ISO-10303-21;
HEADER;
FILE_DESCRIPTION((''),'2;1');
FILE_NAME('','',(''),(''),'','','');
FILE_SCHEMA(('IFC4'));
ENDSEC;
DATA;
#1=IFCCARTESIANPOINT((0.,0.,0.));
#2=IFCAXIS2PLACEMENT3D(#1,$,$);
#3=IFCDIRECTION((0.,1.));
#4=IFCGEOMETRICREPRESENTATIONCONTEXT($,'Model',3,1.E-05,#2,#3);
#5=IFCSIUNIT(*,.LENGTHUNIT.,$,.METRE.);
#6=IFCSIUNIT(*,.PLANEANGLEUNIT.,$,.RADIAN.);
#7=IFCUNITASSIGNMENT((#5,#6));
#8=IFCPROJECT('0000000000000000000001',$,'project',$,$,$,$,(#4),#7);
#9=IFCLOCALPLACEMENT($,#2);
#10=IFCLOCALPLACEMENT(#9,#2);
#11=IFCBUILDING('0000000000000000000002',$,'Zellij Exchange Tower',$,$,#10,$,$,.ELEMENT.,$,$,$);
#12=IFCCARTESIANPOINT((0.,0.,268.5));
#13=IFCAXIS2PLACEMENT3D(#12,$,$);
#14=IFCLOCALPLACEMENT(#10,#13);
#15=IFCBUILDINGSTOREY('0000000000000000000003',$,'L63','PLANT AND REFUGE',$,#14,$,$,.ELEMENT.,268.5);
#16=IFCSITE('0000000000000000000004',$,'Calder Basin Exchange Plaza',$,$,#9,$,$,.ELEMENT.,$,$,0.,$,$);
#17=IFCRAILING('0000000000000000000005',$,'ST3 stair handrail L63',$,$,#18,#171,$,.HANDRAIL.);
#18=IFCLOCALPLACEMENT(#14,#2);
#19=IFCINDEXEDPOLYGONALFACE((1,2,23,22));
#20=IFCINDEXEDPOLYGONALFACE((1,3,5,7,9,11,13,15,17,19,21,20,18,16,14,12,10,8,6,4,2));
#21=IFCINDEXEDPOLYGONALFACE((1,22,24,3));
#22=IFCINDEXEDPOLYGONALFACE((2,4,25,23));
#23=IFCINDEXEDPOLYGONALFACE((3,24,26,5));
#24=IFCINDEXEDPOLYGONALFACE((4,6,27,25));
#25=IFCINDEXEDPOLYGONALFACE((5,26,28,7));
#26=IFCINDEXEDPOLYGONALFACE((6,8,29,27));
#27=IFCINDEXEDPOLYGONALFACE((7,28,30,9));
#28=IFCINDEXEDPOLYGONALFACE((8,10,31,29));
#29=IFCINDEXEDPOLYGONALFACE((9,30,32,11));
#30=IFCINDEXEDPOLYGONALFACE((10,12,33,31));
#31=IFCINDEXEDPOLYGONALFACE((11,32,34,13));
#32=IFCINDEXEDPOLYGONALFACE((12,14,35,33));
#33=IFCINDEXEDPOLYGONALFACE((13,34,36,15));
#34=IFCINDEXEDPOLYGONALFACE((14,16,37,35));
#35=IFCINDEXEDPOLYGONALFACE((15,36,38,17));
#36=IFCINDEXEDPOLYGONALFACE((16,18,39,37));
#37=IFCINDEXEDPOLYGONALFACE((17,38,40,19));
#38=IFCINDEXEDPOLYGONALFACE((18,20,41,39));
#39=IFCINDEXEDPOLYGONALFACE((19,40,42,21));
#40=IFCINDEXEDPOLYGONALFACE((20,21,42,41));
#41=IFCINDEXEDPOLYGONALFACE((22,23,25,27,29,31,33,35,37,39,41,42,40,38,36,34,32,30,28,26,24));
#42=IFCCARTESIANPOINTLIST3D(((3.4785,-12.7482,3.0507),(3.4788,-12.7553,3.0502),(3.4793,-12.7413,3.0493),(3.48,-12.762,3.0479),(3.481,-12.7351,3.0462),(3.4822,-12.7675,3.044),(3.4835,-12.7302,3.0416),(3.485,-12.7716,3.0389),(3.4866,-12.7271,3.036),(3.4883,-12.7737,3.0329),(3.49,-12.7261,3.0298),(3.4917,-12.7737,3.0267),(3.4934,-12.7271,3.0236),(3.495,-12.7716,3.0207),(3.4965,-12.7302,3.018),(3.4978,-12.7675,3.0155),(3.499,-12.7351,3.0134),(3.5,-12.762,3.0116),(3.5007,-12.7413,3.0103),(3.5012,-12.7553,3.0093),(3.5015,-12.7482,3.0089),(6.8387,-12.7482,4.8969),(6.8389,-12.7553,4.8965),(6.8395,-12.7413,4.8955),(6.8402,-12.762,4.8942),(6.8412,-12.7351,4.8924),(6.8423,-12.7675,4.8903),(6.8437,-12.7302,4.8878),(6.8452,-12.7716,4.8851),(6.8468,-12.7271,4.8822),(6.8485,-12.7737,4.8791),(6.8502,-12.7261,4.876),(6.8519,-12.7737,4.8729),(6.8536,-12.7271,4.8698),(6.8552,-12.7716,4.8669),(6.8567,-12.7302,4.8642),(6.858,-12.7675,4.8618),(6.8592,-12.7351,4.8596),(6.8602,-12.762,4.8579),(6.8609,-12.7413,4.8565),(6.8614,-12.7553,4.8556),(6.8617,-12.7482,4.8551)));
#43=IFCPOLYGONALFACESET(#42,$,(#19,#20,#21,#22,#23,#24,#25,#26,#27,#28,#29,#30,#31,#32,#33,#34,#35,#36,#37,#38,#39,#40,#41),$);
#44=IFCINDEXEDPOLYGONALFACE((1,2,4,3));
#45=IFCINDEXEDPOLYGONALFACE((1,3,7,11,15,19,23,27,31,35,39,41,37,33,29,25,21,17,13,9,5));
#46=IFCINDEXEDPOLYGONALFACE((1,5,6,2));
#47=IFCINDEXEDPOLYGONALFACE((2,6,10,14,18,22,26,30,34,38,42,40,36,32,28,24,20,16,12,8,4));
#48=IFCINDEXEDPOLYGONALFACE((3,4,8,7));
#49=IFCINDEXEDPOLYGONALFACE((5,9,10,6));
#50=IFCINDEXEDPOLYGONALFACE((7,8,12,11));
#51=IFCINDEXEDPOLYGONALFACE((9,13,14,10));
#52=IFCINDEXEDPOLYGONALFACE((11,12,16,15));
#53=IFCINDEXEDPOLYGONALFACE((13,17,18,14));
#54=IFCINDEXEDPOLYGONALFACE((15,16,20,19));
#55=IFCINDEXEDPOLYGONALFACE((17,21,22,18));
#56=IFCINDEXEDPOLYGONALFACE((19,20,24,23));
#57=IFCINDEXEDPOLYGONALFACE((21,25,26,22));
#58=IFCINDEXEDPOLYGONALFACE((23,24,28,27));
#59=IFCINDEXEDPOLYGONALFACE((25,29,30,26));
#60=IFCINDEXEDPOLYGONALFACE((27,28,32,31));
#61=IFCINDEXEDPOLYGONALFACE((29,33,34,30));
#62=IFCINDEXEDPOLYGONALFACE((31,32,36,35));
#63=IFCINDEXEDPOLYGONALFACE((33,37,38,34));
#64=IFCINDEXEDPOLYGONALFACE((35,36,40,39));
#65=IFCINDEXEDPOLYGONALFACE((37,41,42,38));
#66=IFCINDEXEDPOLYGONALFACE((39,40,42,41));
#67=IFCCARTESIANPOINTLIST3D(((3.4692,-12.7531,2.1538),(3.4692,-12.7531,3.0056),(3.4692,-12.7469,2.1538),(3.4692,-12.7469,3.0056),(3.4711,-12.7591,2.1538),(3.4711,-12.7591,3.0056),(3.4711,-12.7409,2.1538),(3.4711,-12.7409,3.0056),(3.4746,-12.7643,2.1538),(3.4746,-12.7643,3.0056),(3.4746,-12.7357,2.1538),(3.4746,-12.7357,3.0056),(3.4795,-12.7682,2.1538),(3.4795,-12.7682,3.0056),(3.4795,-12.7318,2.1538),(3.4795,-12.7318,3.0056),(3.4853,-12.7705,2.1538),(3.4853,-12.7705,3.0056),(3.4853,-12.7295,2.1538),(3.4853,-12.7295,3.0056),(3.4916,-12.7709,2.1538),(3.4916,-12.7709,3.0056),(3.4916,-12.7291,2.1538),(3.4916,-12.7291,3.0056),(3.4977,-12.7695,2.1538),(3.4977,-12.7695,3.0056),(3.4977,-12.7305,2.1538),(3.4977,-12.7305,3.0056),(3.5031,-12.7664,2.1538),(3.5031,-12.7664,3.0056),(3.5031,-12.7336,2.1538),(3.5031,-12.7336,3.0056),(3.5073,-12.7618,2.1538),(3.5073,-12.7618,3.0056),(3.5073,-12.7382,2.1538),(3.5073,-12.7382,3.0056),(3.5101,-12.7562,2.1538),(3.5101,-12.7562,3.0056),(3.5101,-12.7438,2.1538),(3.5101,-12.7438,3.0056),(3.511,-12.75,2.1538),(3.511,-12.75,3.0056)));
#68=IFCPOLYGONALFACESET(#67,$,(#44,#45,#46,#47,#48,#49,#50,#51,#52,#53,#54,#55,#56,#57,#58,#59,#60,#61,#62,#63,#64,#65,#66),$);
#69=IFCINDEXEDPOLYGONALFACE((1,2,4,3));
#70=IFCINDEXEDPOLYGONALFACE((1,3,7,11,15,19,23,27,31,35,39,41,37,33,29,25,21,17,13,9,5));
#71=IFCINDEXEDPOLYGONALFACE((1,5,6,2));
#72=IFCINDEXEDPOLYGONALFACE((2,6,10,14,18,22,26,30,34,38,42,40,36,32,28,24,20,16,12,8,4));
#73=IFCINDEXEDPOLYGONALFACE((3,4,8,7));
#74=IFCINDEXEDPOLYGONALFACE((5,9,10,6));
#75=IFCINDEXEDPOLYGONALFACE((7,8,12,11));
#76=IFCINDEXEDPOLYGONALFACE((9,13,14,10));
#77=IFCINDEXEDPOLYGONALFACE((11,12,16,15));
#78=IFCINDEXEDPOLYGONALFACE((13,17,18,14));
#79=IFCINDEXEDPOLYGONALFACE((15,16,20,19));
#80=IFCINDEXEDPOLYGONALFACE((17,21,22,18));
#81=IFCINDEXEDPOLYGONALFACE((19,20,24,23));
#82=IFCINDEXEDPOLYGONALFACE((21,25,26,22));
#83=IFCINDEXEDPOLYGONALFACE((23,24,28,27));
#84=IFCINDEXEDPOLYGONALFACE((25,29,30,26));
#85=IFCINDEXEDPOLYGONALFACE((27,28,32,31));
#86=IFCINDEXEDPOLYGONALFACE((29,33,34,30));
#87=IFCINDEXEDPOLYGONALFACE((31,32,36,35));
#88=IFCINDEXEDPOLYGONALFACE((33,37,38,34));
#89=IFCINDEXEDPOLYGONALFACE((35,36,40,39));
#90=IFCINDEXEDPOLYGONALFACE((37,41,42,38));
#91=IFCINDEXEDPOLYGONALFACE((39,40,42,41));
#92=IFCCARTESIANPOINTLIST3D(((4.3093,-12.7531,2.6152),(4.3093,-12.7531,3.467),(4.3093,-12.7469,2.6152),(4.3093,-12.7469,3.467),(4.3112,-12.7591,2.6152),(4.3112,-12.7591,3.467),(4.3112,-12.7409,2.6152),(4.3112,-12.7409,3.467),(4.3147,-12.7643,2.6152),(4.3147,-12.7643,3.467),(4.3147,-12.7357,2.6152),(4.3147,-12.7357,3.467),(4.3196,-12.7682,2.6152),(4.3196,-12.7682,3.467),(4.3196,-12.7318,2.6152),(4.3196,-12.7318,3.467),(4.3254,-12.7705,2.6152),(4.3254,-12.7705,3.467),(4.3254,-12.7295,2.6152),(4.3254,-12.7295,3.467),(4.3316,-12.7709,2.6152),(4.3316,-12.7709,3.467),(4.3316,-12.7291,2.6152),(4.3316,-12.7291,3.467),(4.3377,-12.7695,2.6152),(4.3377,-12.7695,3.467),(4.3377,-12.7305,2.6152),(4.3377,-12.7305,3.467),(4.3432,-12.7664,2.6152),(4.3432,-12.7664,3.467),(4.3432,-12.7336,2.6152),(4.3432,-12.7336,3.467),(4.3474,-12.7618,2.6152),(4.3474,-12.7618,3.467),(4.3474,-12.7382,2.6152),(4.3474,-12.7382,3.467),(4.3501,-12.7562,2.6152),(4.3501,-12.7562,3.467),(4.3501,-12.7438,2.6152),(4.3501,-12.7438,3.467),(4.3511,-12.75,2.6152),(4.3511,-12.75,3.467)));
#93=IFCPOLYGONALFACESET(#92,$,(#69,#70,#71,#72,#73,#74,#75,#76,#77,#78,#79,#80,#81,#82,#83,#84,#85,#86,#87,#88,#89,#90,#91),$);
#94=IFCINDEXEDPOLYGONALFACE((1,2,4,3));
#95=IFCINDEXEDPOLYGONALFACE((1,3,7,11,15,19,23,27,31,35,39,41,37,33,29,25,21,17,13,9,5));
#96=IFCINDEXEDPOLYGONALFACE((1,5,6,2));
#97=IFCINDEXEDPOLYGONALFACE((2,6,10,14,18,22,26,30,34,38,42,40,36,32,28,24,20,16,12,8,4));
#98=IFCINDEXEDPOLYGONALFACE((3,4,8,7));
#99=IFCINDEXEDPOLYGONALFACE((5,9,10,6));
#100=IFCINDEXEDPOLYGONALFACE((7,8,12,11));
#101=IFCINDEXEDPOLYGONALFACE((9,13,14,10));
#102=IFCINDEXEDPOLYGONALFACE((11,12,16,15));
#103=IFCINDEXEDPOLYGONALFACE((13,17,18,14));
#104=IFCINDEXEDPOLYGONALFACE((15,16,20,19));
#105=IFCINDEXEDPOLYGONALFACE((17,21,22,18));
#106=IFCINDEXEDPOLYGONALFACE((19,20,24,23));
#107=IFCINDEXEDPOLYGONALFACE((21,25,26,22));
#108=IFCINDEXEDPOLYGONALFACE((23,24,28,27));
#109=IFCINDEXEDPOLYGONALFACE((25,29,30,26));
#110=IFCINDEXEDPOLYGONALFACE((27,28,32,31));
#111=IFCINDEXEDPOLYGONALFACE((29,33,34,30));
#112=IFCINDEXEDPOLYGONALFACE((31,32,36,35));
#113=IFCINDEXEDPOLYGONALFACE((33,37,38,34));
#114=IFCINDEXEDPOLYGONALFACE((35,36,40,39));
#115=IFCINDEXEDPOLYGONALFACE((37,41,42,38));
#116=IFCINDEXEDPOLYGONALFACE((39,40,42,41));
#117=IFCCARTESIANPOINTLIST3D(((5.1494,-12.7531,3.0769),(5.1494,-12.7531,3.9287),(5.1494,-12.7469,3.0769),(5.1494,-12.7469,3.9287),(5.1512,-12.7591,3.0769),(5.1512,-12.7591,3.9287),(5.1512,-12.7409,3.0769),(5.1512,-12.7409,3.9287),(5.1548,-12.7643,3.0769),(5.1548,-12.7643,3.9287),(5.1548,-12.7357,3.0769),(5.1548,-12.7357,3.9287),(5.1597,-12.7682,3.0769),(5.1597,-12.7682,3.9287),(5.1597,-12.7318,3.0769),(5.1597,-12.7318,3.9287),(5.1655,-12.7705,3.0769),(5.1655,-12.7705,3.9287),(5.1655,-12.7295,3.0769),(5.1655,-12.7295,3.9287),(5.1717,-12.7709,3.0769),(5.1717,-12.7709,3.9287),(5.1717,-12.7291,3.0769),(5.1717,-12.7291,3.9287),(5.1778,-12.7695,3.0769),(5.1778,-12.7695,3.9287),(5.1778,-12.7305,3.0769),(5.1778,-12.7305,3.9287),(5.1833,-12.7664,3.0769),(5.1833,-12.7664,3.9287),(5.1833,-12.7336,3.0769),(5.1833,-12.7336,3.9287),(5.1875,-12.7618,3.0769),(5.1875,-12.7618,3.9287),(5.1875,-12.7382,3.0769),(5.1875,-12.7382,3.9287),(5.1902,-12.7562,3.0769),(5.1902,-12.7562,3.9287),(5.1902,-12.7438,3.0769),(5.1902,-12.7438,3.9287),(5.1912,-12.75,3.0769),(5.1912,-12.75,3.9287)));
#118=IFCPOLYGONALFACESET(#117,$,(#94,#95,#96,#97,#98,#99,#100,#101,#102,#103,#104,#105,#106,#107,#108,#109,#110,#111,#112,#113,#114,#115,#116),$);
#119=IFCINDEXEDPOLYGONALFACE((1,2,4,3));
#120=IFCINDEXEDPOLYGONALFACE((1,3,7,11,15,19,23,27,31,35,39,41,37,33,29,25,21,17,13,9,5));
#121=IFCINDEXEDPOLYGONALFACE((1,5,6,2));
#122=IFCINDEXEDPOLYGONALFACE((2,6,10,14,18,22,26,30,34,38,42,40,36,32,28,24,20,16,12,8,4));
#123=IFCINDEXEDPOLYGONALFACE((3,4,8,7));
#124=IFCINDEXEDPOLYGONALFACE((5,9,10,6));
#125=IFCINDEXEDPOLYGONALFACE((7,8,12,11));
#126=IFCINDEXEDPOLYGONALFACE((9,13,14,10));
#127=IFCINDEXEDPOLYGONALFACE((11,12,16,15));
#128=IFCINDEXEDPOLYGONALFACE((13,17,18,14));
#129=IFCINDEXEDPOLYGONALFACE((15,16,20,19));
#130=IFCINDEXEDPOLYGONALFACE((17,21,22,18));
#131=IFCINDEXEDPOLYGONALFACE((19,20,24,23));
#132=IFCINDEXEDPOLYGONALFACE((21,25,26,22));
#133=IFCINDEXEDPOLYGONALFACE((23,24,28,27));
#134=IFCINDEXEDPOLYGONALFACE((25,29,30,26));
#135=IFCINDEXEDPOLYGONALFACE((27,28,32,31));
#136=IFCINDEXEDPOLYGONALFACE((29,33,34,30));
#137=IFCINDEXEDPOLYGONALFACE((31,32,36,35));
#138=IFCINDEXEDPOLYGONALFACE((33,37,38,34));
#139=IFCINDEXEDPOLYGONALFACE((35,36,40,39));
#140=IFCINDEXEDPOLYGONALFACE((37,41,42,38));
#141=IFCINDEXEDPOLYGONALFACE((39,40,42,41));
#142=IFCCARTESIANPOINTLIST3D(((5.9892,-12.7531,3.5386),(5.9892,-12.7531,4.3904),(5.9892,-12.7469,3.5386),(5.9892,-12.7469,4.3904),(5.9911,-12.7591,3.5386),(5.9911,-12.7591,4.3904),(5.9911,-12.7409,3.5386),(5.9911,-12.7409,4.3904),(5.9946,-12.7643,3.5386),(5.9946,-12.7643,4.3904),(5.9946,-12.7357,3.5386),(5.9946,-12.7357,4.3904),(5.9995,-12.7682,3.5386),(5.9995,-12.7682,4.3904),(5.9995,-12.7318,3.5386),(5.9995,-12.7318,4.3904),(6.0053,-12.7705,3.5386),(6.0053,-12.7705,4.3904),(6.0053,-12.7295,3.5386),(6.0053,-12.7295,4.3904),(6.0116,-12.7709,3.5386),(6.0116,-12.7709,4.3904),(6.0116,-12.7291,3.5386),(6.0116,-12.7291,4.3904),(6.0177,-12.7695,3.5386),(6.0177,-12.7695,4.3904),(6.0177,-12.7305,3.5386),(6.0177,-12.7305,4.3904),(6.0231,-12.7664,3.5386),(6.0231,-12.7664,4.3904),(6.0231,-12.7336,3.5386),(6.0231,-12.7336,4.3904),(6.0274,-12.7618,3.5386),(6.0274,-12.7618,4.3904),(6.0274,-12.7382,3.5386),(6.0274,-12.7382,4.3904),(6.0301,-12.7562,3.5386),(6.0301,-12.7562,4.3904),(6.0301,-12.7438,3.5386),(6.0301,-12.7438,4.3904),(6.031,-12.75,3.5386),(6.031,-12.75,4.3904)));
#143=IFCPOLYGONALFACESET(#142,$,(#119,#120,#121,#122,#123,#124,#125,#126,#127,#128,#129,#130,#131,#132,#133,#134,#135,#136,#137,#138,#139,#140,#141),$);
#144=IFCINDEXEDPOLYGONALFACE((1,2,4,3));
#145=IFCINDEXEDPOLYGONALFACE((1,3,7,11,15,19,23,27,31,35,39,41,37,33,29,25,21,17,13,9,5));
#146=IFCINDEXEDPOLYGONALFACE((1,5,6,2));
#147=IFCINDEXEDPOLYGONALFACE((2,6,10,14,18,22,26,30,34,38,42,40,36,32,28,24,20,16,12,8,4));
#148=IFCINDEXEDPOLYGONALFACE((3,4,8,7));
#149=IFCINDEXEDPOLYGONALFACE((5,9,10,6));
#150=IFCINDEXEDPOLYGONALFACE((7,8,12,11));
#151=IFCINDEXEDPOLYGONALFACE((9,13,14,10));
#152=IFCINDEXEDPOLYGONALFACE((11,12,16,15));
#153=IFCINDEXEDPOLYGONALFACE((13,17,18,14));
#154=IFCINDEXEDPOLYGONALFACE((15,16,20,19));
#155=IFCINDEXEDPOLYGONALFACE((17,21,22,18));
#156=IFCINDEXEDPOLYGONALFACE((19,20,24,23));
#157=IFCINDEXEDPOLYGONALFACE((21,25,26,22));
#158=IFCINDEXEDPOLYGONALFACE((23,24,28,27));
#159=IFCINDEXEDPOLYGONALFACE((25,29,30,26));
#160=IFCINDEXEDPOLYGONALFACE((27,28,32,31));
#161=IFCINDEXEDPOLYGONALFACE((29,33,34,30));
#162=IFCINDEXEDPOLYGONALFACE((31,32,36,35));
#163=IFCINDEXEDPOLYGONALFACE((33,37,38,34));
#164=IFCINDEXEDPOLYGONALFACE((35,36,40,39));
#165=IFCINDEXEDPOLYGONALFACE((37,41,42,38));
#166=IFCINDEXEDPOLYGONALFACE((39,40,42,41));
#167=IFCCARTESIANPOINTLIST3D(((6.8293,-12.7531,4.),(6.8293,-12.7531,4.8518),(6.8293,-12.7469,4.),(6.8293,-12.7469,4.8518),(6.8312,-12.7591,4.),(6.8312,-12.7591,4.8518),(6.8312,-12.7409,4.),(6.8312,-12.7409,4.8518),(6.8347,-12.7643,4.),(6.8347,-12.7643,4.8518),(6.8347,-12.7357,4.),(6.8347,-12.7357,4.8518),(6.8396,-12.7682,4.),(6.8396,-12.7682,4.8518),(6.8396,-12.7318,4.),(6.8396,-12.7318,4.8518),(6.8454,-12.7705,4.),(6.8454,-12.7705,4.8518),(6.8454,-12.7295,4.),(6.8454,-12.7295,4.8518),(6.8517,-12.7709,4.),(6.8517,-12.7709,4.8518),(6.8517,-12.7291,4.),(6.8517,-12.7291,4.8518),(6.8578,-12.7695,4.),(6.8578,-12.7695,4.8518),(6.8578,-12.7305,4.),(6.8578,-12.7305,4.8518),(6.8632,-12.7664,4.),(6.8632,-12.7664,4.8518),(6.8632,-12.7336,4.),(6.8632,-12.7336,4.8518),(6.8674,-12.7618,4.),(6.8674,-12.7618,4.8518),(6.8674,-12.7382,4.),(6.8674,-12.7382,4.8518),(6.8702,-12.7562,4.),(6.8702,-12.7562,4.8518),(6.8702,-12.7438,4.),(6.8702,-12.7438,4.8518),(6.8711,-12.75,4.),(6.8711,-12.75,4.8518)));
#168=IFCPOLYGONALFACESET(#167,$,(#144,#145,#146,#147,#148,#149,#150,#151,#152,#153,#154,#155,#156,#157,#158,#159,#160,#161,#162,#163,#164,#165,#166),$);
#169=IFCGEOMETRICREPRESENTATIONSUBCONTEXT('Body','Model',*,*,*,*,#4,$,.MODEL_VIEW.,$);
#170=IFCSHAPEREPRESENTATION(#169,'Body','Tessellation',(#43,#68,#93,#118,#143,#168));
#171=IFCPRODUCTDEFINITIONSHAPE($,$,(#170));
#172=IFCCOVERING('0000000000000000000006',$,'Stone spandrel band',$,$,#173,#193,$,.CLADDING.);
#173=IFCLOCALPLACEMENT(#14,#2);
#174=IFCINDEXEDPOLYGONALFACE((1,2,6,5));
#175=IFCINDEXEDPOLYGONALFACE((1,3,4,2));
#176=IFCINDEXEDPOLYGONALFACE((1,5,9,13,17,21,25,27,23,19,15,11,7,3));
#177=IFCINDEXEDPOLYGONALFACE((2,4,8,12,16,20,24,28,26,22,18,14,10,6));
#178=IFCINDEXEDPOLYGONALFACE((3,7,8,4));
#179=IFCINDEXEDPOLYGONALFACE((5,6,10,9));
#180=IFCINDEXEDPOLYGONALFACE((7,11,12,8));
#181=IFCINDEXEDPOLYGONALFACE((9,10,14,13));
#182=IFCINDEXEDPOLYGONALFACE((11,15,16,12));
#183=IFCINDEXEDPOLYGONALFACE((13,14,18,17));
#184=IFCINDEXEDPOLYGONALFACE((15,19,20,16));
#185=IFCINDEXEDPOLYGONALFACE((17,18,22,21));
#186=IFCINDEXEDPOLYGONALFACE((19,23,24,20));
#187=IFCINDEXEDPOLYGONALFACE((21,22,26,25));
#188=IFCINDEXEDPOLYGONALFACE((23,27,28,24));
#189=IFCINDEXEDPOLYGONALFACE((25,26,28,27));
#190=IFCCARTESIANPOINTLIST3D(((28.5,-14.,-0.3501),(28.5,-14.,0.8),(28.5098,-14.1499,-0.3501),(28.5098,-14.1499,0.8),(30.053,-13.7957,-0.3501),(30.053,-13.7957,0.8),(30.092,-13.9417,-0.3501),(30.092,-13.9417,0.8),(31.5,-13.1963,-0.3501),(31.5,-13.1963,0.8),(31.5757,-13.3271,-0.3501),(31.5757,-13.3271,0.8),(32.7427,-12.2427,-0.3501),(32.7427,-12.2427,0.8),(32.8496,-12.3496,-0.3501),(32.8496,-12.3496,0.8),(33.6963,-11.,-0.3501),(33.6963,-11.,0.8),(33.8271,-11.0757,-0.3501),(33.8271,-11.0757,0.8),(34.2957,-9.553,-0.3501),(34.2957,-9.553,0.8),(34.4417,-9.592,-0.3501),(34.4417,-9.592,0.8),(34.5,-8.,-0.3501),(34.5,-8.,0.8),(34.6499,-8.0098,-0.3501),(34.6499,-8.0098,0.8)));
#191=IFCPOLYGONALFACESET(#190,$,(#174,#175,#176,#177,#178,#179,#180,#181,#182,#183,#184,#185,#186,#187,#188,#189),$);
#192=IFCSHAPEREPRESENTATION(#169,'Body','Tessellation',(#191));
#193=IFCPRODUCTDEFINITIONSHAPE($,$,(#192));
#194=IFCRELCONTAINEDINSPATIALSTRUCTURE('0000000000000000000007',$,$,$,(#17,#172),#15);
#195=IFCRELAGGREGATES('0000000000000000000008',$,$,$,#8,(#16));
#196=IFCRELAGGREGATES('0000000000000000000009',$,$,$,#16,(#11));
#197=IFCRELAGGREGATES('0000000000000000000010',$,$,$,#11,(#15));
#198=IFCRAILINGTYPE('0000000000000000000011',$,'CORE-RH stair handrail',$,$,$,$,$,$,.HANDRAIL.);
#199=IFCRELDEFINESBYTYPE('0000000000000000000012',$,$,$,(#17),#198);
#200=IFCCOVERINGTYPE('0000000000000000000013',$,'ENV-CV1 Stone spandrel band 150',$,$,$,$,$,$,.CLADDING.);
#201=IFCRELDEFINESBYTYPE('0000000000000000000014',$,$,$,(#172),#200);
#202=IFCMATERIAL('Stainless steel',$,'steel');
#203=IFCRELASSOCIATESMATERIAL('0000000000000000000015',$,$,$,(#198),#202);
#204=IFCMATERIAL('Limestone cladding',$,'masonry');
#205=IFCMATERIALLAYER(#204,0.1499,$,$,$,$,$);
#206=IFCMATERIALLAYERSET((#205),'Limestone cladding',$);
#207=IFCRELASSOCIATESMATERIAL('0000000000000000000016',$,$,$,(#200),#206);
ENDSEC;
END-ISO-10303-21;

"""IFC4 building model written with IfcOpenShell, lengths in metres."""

from ifc_helpers import new_model, si_unit, direction, frame, origin, origin_2d, place, context, subcontext, project, spatial, polyline, circle, outline, extrude, material, layer, layer_set, type_object, element, save


model = new_model("IFC4")

# Units and contexts
model_context = context("Model", 3, precision=1e-05, world=origin(), true_north=direction((0.0, 1.0)))
body_context = subcontext(model_context, "Body", "Model", "MODEL_VIEW")
ifc_project = project(units=[si_unit("LENGTHUNIT", "METRE"), si_unit("PLANEANGLEUNIT", "RADIAN")], contexts=[model_context])

# Site, building, storey
site_placement = place(None, origin())
site = spatial("IfcSite", under=ifc_project, at=site_placement, Name="Calder Basin Exchange Plaza", CompositionType="ELEMENT", RefElevation=0.0)
building_placement = place(site_placement, origin())
building = spatial("IfcBuilding", under=site, at=building_placement, Name="Zellij Exchange Tower", CompositionType="ELEMENT")
storey_placement = place(building_placement, frame((0.0, 0.0, 268.5)))
storey = spatial("IfcBuildingStorey", under=building, at=storey_placement, Name="L63", Description="PLANT AND REFUGE", CompositionType="ELEMENT", Elevation=268.5)

# Railing
ifc_material_1 = material(Name="Stainless steel", Category="steel")
railing_type_1 = type_object("IfcRailingType", Name="CORE-RH stair handrail", PredefinedType="HANDRAIL", material=ifc_material_1)
railing_1_placement = place(storey_placement, frame((3.49, -12.75, 2.1538)))
element("IfcRailing", 1, at=railing_1_placement, inside=storey, type_object=railing_type_1, Name="ST3 stair handrail L63", PredefinedType="HANDRAIL", context=body_context, shape_type="SweptSolid", body=[
    extrude(circle(Radius=0.0239, at=origin_2d()), frame((0.0, 0.0, 0.876), z_axis=(0.876422, 0.0, 0.481545), x_axis=(0.0, 1.0, 0.0)), (0.0, 0.0, 1.0), 3.834),
    extrude(circle(Radius=0.021, at=origin_2d()), origin(), (0.0, 0.0, 1.0), 0.8518),
    extrude(circle(Radius=0.021, at=origin_2d()), frame((0.8401, 0.0, 0.4614)), (0.0, 0.0, 1.0), 0.8518),
    extrude(circle(Radius=0.021, at=origin_2d()), frame((1.6802, 0.0, 0.9231)), (0.0, 0.0, 1.0), 0.8518),
    extrude(circle(Radius=0.021, at=origin_2d()), frame((2.52, 0.0, 1.3848)), (0.0, 0.0, 1.0), 0.8518),
    extrude(circle(Radius=0.021, at=origin_2d()), frame((3.3601, 0.0, 1.8462)), (0.0, 0.0, 1.0), 0.8518),
])

# Covering
ifc_material_2 = material(Name="Limestone cladding", Category="masonry")
ifc_layer_1 = layer(ifc_material_2, 0.1499)
ifc_layer_set_1 = layer_set([ifc_layer_1], Name="Limestone cladding")
covering_type_1 = type_object("IfcCoveringType", Name="ENV-CV1 Stone spandrel band 150", PredefinedType="CLADDING", material=ifc_layer_set_1)
covering_1_placement = place(storey_placement, frame((0.0, 0.0, -0.3501)))
element("IfcCovering", 2, at=covering_1_placement, inside=storey, type_object=covering_type_1, Name="Stone spandrel band", PredefinedType="CLADDING", context=body_context, shape_type="SweptSolid", body=[
    extrude(outline(polyline([(28.5, -14.0), (30.053, -13.7957), (31.5, -13.1963), (32.7427, -12.2427), (33.6963, -11.0), (34.2957, -9.553), (34.5, -8.0), (34.6499, -8.0098), (34.4417, -9.592), (33.8271, -11.0757), (32.8496, -12.3496), (31.5757, -13.3271), (30.092, -13.9417), (28.5098, -14.1499), (28.5, -14.0)])), origin(), (0.0, 0.0, 1.0), 1.1501),
])

save(model, "model.ifc")
